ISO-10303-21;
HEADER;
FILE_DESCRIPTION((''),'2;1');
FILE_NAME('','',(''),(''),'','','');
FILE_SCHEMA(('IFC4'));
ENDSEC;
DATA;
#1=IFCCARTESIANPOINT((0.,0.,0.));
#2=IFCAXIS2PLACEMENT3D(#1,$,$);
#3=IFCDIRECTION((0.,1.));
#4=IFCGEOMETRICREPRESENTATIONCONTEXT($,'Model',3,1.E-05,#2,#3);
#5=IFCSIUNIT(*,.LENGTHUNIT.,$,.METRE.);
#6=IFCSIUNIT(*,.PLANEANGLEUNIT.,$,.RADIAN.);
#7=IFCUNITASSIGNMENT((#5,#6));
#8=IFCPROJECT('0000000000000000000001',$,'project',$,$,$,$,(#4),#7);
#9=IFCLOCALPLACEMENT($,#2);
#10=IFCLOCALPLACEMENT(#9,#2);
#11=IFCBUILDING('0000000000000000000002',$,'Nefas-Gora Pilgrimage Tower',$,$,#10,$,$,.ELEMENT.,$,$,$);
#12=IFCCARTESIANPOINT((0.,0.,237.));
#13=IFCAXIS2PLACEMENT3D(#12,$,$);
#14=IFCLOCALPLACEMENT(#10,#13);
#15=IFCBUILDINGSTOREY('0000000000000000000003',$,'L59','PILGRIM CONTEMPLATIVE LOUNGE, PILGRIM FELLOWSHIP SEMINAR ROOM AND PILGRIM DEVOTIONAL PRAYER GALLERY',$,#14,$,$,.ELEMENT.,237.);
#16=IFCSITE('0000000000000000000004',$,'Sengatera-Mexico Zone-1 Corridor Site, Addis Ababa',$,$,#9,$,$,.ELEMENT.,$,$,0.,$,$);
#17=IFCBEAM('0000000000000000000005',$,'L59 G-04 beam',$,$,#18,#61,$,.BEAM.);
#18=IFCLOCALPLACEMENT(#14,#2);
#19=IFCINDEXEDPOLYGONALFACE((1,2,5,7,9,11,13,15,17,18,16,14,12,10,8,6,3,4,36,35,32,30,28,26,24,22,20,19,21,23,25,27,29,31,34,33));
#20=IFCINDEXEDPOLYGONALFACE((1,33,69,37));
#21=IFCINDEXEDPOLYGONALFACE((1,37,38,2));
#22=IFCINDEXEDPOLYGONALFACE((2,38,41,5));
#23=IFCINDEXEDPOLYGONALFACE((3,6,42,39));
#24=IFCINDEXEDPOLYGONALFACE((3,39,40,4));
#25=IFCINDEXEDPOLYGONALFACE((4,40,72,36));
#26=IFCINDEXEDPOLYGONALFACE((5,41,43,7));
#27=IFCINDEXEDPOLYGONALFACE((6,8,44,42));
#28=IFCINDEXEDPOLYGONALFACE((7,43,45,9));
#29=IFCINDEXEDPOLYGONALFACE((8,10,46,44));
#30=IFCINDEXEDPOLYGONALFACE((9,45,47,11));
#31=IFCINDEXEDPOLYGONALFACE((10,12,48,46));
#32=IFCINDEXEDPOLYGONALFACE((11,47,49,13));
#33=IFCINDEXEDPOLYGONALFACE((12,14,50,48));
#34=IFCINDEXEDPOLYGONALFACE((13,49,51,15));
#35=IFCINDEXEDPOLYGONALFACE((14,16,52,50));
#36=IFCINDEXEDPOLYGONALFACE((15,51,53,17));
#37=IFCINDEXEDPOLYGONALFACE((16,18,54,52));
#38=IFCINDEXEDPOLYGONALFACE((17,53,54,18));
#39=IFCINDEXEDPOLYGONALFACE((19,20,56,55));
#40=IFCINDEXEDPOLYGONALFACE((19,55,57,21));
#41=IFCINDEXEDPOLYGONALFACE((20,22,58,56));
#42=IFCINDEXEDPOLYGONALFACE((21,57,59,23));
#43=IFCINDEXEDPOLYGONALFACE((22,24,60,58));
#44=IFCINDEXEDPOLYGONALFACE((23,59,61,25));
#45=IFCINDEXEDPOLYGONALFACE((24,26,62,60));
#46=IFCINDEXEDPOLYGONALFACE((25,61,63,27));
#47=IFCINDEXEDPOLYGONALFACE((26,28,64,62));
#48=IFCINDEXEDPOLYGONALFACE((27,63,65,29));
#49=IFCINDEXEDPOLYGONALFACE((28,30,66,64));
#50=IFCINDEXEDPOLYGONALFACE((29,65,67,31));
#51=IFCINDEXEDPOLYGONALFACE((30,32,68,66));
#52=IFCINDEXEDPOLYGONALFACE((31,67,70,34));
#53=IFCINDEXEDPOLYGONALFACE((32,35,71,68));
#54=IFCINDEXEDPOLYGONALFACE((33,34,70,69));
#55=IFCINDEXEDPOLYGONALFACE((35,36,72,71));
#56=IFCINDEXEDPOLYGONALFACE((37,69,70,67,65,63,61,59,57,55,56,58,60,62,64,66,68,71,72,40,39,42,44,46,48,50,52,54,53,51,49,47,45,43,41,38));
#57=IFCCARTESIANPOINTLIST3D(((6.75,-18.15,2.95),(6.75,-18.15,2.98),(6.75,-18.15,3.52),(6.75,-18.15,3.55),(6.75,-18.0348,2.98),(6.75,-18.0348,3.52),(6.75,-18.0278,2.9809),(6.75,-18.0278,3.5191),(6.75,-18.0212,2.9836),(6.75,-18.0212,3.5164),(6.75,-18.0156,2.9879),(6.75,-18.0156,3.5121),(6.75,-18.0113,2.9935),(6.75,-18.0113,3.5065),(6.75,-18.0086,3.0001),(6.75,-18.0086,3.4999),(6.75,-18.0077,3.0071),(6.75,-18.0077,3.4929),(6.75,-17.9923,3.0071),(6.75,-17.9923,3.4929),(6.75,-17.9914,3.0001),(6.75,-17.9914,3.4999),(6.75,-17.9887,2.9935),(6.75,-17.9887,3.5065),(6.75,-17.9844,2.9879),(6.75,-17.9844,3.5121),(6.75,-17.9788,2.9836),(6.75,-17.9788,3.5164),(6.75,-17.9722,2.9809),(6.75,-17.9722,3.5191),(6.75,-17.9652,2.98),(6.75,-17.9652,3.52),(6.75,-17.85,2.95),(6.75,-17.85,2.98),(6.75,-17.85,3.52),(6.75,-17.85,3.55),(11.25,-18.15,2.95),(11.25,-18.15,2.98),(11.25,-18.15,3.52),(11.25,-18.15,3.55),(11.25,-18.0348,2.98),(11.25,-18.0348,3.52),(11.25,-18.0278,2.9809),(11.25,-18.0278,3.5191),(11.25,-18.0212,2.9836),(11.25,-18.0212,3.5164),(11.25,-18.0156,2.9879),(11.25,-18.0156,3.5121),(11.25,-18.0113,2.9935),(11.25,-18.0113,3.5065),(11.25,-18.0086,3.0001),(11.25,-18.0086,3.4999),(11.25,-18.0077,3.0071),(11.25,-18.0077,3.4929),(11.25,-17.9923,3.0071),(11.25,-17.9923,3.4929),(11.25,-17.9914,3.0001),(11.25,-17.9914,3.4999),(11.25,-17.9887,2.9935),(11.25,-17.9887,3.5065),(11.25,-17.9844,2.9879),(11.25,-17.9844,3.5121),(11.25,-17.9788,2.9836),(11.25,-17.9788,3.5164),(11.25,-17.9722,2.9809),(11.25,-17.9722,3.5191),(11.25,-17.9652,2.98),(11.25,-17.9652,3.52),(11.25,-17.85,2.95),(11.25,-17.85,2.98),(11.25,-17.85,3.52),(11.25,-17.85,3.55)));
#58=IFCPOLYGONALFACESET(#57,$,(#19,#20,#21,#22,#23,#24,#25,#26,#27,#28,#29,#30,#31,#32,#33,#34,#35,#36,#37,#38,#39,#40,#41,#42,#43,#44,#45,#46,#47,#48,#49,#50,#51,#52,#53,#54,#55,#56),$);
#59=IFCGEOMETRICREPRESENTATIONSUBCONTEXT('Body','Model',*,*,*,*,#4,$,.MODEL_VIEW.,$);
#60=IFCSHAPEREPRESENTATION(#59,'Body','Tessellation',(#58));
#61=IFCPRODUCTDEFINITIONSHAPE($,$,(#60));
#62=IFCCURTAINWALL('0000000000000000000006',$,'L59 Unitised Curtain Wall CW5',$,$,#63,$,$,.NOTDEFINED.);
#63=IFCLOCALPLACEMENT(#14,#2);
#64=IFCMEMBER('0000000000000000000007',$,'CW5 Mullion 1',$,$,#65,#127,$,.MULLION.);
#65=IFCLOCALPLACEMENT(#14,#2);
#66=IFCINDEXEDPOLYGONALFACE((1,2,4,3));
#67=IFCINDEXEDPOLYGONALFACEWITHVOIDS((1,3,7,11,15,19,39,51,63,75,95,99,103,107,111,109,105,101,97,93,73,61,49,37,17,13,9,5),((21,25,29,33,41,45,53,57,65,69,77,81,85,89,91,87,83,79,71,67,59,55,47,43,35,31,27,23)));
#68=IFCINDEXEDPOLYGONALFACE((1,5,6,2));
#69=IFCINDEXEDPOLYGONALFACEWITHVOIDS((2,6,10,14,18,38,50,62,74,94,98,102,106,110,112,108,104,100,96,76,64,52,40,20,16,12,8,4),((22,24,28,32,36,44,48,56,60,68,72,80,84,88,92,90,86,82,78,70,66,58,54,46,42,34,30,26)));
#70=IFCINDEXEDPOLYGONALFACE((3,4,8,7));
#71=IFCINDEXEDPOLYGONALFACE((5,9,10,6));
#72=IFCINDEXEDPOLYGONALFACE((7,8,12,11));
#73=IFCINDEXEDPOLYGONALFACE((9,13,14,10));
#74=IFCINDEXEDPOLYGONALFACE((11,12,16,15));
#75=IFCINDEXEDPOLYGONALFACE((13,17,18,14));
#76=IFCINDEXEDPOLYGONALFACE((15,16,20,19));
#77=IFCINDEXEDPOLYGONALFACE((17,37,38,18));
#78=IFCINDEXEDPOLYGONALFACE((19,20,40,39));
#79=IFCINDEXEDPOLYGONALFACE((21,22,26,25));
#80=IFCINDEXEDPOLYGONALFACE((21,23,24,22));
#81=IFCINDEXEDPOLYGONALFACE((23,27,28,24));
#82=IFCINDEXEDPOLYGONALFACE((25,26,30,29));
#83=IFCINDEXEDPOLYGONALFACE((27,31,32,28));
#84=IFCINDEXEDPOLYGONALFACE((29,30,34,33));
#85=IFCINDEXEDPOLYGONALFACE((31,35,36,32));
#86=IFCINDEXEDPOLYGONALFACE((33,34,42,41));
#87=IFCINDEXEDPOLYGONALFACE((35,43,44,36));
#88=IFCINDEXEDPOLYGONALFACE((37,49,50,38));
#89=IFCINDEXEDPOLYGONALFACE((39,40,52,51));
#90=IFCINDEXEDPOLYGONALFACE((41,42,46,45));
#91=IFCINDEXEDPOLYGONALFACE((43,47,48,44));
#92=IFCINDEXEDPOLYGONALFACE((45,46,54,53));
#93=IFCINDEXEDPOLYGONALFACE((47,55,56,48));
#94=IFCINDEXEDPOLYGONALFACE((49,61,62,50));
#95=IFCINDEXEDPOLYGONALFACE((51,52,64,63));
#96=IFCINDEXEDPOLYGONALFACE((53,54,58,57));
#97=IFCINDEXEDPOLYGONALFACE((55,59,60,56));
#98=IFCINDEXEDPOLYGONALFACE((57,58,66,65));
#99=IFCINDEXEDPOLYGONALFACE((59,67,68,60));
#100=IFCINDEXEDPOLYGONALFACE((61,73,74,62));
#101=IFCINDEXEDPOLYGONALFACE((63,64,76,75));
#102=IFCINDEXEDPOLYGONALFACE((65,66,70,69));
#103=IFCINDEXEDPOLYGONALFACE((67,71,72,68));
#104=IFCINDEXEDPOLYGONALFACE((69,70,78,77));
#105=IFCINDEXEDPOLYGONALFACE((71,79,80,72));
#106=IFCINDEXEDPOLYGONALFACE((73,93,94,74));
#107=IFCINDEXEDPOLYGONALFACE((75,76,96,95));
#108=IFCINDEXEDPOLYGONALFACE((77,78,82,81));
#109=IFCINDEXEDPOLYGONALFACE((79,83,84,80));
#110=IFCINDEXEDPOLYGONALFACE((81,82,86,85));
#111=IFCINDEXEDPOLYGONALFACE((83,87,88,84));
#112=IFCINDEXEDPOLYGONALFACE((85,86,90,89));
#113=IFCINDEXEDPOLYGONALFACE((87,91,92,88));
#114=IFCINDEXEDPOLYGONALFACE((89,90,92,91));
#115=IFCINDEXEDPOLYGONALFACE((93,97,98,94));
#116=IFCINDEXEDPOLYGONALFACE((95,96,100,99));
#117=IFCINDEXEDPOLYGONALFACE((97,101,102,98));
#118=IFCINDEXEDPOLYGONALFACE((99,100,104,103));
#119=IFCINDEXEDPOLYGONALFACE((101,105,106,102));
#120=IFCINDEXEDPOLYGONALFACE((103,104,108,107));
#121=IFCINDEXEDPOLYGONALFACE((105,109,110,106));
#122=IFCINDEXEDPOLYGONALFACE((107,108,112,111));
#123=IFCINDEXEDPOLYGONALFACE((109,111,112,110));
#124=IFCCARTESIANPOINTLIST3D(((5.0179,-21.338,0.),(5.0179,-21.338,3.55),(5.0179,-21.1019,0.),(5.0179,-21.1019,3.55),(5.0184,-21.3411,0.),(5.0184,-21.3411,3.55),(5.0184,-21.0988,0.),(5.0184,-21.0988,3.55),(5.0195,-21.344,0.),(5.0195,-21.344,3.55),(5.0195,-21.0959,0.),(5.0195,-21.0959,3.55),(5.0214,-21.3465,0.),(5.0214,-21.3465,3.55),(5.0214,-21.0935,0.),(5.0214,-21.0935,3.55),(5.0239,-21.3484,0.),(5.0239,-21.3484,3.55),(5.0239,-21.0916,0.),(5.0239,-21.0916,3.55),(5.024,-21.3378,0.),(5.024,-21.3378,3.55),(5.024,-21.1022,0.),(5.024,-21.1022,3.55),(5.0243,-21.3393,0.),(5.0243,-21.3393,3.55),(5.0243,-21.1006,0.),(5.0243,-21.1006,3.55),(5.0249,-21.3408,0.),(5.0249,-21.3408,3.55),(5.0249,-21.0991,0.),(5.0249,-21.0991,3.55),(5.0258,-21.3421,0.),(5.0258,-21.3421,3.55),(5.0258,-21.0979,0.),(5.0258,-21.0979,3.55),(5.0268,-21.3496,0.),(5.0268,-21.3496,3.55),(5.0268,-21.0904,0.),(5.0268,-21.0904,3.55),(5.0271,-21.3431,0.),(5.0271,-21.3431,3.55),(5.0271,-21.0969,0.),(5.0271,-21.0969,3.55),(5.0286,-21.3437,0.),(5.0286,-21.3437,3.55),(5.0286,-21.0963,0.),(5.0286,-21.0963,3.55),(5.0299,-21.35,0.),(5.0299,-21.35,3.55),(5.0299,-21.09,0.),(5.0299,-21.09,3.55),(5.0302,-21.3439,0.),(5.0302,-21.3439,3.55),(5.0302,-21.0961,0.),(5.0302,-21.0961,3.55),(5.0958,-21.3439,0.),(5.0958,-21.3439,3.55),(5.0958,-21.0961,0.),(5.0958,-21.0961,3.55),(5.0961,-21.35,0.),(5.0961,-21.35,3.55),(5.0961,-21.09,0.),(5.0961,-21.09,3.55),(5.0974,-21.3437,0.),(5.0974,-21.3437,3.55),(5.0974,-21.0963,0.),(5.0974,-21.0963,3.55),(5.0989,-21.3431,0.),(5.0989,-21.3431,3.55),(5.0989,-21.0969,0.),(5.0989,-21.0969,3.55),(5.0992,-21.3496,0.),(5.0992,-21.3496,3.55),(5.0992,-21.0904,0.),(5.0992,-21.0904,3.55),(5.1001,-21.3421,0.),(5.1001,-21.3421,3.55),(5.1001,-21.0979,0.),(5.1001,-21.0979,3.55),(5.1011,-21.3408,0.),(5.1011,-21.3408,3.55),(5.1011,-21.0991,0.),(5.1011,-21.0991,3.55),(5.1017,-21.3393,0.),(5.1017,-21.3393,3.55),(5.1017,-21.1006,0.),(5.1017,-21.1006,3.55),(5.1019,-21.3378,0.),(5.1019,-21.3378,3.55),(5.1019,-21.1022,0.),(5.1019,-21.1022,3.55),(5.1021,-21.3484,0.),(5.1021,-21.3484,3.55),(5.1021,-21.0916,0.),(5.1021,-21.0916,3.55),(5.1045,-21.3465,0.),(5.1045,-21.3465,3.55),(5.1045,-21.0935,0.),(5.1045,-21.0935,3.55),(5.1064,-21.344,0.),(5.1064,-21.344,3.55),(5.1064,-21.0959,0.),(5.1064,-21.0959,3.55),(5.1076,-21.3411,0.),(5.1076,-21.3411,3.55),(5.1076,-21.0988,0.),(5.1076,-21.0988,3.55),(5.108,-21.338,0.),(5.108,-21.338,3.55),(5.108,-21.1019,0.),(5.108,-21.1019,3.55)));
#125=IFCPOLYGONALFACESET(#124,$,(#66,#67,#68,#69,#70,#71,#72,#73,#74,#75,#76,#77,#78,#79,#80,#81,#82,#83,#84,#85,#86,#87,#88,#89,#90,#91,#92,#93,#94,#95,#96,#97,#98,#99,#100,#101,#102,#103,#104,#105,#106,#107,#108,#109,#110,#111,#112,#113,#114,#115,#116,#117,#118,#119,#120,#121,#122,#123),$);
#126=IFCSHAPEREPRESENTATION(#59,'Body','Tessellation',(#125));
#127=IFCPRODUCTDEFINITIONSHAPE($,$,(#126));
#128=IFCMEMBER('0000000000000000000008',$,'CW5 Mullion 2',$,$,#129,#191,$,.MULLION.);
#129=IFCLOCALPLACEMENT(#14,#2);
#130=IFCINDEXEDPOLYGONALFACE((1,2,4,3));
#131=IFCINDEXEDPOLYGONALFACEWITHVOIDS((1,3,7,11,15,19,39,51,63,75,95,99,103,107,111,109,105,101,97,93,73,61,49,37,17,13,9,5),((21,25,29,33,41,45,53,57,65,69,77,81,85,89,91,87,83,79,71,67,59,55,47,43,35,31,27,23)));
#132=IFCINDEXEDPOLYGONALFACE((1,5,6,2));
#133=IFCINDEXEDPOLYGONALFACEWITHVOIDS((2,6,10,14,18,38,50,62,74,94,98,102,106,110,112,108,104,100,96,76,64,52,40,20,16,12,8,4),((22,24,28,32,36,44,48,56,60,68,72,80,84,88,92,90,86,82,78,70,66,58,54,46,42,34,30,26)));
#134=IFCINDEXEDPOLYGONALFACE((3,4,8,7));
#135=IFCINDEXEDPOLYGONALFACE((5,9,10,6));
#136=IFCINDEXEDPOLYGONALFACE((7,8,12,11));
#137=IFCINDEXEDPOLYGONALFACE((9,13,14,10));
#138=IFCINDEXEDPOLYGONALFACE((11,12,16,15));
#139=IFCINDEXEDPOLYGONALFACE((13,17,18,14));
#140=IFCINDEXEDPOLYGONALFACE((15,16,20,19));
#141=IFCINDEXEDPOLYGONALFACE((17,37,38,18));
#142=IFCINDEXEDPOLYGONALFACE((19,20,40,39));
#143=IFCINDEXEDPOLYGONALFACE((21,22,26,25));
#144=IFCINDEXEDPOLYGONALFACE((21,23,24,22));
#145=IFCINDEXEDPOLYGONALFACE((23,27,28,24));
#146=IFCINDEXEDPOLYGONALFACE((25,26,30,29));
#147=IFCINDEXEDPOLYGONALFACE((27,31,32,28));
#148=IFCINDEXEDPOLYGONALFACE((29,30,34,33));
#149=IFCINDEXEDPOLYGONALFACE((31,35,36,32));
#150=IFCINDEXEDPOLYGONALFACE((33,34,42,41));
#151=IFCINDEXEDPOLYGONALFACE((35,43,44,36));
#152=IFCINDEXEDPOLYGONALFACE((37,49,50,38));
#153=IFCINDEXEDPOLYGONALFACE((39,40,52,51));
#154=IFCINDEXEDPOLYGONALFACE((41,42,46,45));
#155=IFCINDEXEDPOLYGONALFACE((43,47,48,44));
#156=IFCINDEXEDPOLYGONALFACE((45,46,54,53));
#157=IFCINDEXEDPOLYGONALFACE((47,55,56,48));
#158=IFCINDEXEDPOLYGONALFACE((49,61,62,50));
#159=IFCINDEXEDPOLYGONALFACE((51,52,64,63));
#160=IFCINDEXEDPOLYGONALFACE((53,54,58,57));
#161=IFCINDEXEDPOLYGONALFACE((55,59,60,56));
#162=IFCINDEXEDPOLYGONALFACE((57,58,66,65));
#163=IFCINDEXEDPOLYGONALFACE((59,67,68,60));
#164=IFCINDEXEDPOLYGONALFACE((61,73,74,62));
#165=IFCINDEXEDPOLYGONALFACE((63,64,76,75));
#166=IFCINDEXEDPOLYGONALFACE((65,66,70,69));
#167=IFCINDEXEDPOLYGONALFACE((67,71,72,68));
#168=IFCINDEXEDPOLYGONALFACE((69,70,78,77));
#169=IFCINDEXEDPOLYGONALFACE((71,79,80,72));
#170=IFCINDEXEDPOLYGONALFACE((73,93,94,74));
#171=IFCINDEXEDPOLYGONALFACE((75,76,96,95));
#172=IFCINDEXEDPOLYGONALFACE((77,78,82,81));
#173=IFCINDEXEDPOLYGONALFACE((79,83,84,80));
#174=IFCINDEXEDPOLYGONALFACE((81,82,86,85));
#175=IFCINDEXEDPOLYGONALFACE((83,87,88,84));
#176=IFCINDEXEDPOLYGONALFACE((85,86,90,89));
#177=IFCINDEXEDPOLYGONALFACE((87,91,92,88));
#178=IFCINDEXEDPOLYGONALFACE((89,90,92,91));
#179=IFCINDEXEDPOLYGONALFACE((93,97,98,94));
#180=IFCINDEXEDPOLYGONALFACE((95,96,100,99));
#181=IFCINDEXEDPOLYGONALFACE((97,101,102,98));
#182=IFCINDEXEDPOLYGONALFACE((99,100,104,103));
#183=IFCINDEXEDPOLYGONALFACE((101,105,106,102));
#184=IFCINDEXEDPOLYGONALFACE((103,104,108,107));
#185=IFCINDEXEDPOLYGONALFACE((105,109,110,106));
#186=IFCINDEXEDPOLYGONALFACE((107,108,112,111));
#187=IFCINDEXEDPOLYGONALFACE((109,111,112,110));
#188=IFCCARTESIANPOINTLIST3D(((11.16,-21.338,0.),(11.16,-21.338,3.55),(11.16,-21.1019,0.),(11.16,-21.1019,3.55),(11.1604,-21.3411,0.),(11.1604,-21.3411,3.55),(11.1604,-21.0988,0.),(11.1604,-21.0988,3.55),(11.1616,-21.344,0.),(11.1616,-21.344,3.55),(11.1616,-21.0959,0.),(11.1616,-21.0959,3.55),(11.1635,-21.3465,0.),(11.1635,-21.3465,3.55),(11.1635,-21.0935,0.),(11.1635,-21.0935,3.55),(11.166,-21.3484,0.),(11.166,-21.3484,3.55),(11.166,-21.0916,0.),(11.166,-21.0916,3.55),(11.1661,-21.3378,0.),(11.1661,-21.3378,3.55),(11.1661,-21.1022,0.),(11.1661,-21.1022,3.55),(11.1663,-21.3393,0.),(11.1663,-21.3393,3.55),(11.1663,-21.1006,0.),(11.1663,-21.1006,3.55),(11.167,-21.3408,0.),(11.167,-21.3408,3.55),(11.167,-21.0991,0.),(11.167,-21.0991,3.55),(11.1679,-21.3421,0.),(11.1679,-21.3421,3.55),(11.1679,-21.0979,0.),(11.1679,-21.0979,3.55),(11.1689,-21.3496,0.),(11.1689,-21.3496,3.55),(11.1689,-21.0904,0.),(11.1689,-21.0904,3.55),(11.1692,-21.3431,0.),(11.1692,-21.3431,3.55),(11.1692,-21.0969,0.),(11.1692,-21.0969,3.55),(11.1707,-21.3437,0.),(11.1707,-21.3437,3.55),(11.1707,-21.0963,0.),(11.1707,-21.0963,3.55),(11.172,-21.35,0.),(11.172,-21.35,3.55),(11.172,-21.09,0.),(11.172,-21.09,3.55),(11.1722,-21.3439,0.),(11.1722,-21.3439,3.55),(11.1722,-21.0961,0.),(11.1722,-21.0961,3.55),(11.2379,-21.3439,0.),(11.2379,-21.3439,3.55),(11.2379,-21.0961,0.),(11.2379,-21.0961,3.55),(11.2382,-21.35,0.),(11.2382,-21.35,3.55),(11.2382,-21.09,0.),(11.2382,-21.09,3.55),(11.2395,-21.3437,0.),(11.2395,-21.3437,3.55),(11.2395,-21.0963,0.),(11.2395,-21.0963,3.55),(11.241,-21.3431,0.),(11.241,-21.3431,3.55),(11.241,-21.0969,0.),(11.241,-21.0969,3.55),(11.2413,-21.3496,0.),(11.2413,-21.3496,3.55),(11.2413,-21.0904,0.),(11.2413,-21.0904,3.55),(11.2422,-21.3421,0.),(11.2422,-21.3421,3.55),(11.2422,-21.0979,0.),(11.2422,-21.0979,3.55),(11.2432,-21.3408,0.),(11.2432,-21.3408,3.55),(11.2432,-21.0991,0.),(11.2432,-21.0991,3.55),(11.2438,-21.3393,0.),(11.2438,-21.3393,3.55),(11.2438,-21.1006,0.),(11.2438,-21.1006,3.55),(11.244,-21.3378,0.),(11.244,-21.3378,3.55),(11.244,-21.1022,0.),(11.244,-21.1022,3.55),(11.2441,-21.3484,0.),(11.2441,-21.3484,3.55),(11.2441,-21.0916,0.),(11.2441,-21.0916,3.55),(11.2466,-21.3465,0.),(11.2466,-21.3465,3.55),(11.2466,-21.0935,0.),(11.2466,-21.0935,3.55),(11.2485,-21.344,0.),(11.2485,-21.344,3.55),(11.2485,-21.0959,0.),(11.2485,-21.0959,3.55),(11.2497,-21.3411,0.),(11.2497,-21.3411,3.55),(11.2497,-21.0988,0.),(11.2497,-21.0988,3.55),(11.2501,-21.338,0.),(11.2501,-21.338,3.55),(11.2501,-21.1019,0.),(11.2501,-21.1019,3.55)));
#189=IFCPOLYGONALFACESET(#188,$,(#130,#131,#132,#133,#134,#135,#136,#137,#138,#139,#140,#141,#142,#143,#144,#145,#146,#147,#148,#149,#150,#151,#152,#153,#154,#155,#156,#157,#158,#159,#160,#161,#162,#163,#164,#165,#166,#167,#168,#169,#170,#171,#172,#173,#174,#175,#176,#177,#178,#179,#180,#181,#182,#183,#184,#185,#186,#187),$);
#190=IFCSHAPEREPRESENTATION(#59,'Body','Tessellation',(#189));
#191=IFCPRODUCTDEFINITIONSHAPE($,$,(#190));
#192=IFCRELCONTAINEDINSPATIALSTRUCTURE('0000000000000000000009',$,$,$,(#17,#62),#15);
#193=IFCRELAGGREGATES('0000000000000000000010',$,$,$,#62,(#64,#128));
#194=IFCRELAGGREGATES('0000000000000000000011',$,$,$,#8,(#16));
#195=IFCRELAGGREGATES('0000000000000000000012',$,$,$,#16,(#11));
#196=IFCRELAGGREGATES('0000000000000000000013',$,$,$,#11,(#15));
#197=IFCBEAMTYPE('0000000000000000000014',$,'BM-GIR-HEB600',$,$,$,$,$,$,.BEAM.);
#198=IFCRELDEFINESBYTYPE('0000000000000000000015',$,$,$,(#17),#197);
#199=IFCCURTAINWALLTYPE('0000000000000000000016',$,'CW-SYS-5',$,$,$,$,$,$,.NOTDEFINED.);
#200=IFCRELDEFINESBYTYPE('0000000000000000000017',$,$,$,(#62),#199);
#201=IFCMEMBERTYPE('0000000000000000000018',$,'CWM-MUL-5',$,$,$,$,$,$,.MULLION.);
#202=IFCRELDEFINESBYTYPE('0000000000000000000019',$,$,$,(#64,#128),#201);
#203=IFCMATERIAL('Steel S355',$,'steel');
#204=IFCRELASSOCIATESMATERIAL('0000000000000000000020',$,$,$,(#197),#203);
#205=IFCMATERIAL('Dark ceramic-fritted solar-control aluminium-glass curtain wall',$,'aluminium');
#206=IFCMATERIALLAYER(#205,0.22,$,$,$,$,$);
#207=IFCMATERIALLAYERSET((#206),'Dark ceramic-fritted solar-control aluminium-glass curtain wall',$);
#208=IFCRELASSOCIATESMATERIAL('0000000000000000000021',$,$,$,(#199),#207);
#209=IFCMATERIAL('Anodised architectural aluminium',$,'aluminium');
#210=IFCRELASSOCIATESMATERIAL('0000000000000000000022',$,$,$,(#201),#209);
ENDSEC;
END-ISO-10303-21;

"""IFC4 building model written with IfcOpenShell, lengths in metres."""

from ifc_helpers import new_model, si_unit, direction, frame, origin, origin_2d, place, context, subcontext, project, spatial, hollow_rectangle, i_section, extrude, source, transform, mapped, material, layer, layer_set, material_profile, profile_set, type_object, element, aggregate, save


model = new_model("IFC4")

# Units and contexts
model_context = context("Model", 3, precision=1e-05, world=origin(), true_north=direction((0.0, 1.0)))
body_context = subcontext(model_context, "Body", "Model", "MODEL_VIEW")
ifc_project = project(units=[si_unit("LENGTHUNIT", "METRE"), si_unit("PLANEANGLEUNIT", "RADIAN")], contexts=[model_context])

# Site, building, storey
site_placement = place(None, origin())
site = spatial("IfcSite", under=ifc_project, at=site_placement, Name="Sengatera-Mexico Zone-1 Corridor Site, Addis Ababa", CompositionType="ELEMENT", RefElevation=0.0)
building_placement = place(site_placement, origin())
building = spatial("IfcBuilding", under=site, at=building_placement, Name="Nefas-Gora Pilgrimage Tower", CompositionType="ELEMENT")
storey_placement = place(building_placement, frame((0.0, 0.0, 237.0)))
storey = spatial("IfcBuildingStorey", under=building, at=storey_placement, Name="L59", Description="PILGRIM CONTEMPLATIVE LOUNGE, PILGRIM FELLOWSHIP SEMINAR ROOM AND PILGRIM DEVOTIONAL PRAYER GALLERY", CompositionType="ELEMENT", Elevation=237.0)

# Beam
ifc_material_1 = material(Name="Steel S355", Category="steel")
ifc_material_profile_1 = material_profile(ifc_material_1, i_section(OverallWidth=0.3, OverallDepth=0.6001, WebThickness=0.0154, FlangeThickness=0.03, FilletRadius=0.0271, at=origin_2d()), Name="HEB 600")
ifc_profile_set_1 = profile_set([ifc_material_profile_1], Name="Steel S355")
beam_type = type_object("IfcBeamType", Name="BM-GIR-HEB600", PredefinedType="BEAM", material=ifc_profile_set_1)
shared_shape_1 = source(origin(), body_context, "Body", "SweptSolid", [
    extrude(i_section(OverallWidth=0.3, OverallDepth=0.6001, WebThickness=0.0154, FlangeThickness=0.03, FilletRadius=0.0271, at=origin_2d()), origin(), (0.0, 0.0, 1.0), 4.5),
])
for number, where, z_axis, x_axis, name in (
    (1, (6.75, -18.0, 3.25), (1.0, 0.0, 0.0), (0.0, 1.0, 0.0), "L59 G-04 beam"),
):
    element("IfcBeam", number, at=place(storey_placement, frame(where, z_axis=z_axis, x_axis=x_axis)), inside=storey, type_object=beam_type, Name=name, PredefinedType="BEAM", context=body_context, shape_type="MappedRepresentation", body=[
        mapped(shared_shape_1, transform((0.0, 0.0, 0.0), x_axis=(1.0, 0.0, 0.0), y_axis=(0.0, 1.0, 0.0), z_axis=(0.0, 0.0, 1.0), scale=1.0)),
    ])

# Curtain wall, members
ifc_material_2 = material(Name="Dark ceramic-fritted solar-control aluminium-glass curtain wall", Category="aluminium")
ifc_layer_1 = layer(ifc_material_2, 0.22)
ifc_layer_set_1 = layer_set([ifc_layer_1], Name="Dark ceramic-fritted solar-control aluminium-glass curtain wall")
curtain_wall_type = type_object("IfcCurtainWallType", Name="CW-SYS-5", PredefinedType="NOTDEFINED", material=ifc_layer_set_1)
curtain_wall_1_placement = place(storey_placement, origin())
curtain_wall_1 = element("IfcCurtainWall", 2, at=curtain_wall_1_placement, inside=storey, type_object=curtain_wall_type, Name="L59 Unitised Curtain Wall CW5", PredefinedType="NOTDEFINED")
ifc_material_3 = material(Name="Anodised architectural aluminium", Category="aluminium")
ifc_material_profile_2 = material_profile(ifc_material_3, hollow_rectangle(XDim=0.0901, YDim=0.26, WallThickness=0.0061, InnerFilletRadius=0.0061, OuterFilletRadius=0.012, at=origin_2d()), Name="ALU MULLION 90x260")
ifc_profile_set_2 = profile_set([ifc_material_profile_2], Name="Anodised architectural aluminium")
member_type_1 = type_object("IfcMemberType", Name="CWM-MUL-5", PredefinedType="MULLION", material=ifc_profile_set_2)
shared_shape_2 = source(origin(), body_context, "Body", "SweptSolid", [
    extrude(hollow_rectangle(XDim=0.0901, YDim=0.26, WallThickness=0.0061, InnerFilletRadius=0.0061, OuterFilletRadius=0.012, at=origin_2d()), origin(), (0.0, 0.0, 1.0), 3.55),
])
member_1_placement = place(storey_placement, frame((5.063, -21.22, 0.0), z_axis=(0.0, 0.0, 1.0), x_axis=(1.0, 0.0, 0.0)))
member_1 = element("IfcMember", 3, at=member_1_placement, type_object=member_type_1, Name="CW5 Mullion 1", PredefinedType="MULLION", context=body_context, shape_type="MappedRepresentation", body=[
    mapped(shared_shape_2, transform((0.0, 0.0, 0.0), x_axis=(1.0, 0.0, 0.0), y_axis=(0.0, 1.0, 0.0), z_axis=(0.0, 0.0, 1.0), scale=1.0)),
])
member_2_placement = place(storey_placement, frame((11.2051, -21.22, 0.0), z_axis=(0.0, 0.0, 1.0), x_axis=(1.0, 0.0, 0.0)))
member_2 = element("IfcMember", 4, at=member_2_placement, type_object=member_type_1, Name="CW5 Mullion 2", PredefinedType="MULLION", context=body_context, shape_type="MappedRepresentation", body=[
    mapped(shared_shape_2, transform((0.0, 0.0, 0.0), x_axis=(1.0, 0.0, 0.0), y_axis=(0.0, 1.0, 0.0), z_axis=(0.0, 0.0, 1.0), scale=1.0)),
])

aggregate(curtain_wall_1, [member_1, member_2])

save(model, "model.ifc")
